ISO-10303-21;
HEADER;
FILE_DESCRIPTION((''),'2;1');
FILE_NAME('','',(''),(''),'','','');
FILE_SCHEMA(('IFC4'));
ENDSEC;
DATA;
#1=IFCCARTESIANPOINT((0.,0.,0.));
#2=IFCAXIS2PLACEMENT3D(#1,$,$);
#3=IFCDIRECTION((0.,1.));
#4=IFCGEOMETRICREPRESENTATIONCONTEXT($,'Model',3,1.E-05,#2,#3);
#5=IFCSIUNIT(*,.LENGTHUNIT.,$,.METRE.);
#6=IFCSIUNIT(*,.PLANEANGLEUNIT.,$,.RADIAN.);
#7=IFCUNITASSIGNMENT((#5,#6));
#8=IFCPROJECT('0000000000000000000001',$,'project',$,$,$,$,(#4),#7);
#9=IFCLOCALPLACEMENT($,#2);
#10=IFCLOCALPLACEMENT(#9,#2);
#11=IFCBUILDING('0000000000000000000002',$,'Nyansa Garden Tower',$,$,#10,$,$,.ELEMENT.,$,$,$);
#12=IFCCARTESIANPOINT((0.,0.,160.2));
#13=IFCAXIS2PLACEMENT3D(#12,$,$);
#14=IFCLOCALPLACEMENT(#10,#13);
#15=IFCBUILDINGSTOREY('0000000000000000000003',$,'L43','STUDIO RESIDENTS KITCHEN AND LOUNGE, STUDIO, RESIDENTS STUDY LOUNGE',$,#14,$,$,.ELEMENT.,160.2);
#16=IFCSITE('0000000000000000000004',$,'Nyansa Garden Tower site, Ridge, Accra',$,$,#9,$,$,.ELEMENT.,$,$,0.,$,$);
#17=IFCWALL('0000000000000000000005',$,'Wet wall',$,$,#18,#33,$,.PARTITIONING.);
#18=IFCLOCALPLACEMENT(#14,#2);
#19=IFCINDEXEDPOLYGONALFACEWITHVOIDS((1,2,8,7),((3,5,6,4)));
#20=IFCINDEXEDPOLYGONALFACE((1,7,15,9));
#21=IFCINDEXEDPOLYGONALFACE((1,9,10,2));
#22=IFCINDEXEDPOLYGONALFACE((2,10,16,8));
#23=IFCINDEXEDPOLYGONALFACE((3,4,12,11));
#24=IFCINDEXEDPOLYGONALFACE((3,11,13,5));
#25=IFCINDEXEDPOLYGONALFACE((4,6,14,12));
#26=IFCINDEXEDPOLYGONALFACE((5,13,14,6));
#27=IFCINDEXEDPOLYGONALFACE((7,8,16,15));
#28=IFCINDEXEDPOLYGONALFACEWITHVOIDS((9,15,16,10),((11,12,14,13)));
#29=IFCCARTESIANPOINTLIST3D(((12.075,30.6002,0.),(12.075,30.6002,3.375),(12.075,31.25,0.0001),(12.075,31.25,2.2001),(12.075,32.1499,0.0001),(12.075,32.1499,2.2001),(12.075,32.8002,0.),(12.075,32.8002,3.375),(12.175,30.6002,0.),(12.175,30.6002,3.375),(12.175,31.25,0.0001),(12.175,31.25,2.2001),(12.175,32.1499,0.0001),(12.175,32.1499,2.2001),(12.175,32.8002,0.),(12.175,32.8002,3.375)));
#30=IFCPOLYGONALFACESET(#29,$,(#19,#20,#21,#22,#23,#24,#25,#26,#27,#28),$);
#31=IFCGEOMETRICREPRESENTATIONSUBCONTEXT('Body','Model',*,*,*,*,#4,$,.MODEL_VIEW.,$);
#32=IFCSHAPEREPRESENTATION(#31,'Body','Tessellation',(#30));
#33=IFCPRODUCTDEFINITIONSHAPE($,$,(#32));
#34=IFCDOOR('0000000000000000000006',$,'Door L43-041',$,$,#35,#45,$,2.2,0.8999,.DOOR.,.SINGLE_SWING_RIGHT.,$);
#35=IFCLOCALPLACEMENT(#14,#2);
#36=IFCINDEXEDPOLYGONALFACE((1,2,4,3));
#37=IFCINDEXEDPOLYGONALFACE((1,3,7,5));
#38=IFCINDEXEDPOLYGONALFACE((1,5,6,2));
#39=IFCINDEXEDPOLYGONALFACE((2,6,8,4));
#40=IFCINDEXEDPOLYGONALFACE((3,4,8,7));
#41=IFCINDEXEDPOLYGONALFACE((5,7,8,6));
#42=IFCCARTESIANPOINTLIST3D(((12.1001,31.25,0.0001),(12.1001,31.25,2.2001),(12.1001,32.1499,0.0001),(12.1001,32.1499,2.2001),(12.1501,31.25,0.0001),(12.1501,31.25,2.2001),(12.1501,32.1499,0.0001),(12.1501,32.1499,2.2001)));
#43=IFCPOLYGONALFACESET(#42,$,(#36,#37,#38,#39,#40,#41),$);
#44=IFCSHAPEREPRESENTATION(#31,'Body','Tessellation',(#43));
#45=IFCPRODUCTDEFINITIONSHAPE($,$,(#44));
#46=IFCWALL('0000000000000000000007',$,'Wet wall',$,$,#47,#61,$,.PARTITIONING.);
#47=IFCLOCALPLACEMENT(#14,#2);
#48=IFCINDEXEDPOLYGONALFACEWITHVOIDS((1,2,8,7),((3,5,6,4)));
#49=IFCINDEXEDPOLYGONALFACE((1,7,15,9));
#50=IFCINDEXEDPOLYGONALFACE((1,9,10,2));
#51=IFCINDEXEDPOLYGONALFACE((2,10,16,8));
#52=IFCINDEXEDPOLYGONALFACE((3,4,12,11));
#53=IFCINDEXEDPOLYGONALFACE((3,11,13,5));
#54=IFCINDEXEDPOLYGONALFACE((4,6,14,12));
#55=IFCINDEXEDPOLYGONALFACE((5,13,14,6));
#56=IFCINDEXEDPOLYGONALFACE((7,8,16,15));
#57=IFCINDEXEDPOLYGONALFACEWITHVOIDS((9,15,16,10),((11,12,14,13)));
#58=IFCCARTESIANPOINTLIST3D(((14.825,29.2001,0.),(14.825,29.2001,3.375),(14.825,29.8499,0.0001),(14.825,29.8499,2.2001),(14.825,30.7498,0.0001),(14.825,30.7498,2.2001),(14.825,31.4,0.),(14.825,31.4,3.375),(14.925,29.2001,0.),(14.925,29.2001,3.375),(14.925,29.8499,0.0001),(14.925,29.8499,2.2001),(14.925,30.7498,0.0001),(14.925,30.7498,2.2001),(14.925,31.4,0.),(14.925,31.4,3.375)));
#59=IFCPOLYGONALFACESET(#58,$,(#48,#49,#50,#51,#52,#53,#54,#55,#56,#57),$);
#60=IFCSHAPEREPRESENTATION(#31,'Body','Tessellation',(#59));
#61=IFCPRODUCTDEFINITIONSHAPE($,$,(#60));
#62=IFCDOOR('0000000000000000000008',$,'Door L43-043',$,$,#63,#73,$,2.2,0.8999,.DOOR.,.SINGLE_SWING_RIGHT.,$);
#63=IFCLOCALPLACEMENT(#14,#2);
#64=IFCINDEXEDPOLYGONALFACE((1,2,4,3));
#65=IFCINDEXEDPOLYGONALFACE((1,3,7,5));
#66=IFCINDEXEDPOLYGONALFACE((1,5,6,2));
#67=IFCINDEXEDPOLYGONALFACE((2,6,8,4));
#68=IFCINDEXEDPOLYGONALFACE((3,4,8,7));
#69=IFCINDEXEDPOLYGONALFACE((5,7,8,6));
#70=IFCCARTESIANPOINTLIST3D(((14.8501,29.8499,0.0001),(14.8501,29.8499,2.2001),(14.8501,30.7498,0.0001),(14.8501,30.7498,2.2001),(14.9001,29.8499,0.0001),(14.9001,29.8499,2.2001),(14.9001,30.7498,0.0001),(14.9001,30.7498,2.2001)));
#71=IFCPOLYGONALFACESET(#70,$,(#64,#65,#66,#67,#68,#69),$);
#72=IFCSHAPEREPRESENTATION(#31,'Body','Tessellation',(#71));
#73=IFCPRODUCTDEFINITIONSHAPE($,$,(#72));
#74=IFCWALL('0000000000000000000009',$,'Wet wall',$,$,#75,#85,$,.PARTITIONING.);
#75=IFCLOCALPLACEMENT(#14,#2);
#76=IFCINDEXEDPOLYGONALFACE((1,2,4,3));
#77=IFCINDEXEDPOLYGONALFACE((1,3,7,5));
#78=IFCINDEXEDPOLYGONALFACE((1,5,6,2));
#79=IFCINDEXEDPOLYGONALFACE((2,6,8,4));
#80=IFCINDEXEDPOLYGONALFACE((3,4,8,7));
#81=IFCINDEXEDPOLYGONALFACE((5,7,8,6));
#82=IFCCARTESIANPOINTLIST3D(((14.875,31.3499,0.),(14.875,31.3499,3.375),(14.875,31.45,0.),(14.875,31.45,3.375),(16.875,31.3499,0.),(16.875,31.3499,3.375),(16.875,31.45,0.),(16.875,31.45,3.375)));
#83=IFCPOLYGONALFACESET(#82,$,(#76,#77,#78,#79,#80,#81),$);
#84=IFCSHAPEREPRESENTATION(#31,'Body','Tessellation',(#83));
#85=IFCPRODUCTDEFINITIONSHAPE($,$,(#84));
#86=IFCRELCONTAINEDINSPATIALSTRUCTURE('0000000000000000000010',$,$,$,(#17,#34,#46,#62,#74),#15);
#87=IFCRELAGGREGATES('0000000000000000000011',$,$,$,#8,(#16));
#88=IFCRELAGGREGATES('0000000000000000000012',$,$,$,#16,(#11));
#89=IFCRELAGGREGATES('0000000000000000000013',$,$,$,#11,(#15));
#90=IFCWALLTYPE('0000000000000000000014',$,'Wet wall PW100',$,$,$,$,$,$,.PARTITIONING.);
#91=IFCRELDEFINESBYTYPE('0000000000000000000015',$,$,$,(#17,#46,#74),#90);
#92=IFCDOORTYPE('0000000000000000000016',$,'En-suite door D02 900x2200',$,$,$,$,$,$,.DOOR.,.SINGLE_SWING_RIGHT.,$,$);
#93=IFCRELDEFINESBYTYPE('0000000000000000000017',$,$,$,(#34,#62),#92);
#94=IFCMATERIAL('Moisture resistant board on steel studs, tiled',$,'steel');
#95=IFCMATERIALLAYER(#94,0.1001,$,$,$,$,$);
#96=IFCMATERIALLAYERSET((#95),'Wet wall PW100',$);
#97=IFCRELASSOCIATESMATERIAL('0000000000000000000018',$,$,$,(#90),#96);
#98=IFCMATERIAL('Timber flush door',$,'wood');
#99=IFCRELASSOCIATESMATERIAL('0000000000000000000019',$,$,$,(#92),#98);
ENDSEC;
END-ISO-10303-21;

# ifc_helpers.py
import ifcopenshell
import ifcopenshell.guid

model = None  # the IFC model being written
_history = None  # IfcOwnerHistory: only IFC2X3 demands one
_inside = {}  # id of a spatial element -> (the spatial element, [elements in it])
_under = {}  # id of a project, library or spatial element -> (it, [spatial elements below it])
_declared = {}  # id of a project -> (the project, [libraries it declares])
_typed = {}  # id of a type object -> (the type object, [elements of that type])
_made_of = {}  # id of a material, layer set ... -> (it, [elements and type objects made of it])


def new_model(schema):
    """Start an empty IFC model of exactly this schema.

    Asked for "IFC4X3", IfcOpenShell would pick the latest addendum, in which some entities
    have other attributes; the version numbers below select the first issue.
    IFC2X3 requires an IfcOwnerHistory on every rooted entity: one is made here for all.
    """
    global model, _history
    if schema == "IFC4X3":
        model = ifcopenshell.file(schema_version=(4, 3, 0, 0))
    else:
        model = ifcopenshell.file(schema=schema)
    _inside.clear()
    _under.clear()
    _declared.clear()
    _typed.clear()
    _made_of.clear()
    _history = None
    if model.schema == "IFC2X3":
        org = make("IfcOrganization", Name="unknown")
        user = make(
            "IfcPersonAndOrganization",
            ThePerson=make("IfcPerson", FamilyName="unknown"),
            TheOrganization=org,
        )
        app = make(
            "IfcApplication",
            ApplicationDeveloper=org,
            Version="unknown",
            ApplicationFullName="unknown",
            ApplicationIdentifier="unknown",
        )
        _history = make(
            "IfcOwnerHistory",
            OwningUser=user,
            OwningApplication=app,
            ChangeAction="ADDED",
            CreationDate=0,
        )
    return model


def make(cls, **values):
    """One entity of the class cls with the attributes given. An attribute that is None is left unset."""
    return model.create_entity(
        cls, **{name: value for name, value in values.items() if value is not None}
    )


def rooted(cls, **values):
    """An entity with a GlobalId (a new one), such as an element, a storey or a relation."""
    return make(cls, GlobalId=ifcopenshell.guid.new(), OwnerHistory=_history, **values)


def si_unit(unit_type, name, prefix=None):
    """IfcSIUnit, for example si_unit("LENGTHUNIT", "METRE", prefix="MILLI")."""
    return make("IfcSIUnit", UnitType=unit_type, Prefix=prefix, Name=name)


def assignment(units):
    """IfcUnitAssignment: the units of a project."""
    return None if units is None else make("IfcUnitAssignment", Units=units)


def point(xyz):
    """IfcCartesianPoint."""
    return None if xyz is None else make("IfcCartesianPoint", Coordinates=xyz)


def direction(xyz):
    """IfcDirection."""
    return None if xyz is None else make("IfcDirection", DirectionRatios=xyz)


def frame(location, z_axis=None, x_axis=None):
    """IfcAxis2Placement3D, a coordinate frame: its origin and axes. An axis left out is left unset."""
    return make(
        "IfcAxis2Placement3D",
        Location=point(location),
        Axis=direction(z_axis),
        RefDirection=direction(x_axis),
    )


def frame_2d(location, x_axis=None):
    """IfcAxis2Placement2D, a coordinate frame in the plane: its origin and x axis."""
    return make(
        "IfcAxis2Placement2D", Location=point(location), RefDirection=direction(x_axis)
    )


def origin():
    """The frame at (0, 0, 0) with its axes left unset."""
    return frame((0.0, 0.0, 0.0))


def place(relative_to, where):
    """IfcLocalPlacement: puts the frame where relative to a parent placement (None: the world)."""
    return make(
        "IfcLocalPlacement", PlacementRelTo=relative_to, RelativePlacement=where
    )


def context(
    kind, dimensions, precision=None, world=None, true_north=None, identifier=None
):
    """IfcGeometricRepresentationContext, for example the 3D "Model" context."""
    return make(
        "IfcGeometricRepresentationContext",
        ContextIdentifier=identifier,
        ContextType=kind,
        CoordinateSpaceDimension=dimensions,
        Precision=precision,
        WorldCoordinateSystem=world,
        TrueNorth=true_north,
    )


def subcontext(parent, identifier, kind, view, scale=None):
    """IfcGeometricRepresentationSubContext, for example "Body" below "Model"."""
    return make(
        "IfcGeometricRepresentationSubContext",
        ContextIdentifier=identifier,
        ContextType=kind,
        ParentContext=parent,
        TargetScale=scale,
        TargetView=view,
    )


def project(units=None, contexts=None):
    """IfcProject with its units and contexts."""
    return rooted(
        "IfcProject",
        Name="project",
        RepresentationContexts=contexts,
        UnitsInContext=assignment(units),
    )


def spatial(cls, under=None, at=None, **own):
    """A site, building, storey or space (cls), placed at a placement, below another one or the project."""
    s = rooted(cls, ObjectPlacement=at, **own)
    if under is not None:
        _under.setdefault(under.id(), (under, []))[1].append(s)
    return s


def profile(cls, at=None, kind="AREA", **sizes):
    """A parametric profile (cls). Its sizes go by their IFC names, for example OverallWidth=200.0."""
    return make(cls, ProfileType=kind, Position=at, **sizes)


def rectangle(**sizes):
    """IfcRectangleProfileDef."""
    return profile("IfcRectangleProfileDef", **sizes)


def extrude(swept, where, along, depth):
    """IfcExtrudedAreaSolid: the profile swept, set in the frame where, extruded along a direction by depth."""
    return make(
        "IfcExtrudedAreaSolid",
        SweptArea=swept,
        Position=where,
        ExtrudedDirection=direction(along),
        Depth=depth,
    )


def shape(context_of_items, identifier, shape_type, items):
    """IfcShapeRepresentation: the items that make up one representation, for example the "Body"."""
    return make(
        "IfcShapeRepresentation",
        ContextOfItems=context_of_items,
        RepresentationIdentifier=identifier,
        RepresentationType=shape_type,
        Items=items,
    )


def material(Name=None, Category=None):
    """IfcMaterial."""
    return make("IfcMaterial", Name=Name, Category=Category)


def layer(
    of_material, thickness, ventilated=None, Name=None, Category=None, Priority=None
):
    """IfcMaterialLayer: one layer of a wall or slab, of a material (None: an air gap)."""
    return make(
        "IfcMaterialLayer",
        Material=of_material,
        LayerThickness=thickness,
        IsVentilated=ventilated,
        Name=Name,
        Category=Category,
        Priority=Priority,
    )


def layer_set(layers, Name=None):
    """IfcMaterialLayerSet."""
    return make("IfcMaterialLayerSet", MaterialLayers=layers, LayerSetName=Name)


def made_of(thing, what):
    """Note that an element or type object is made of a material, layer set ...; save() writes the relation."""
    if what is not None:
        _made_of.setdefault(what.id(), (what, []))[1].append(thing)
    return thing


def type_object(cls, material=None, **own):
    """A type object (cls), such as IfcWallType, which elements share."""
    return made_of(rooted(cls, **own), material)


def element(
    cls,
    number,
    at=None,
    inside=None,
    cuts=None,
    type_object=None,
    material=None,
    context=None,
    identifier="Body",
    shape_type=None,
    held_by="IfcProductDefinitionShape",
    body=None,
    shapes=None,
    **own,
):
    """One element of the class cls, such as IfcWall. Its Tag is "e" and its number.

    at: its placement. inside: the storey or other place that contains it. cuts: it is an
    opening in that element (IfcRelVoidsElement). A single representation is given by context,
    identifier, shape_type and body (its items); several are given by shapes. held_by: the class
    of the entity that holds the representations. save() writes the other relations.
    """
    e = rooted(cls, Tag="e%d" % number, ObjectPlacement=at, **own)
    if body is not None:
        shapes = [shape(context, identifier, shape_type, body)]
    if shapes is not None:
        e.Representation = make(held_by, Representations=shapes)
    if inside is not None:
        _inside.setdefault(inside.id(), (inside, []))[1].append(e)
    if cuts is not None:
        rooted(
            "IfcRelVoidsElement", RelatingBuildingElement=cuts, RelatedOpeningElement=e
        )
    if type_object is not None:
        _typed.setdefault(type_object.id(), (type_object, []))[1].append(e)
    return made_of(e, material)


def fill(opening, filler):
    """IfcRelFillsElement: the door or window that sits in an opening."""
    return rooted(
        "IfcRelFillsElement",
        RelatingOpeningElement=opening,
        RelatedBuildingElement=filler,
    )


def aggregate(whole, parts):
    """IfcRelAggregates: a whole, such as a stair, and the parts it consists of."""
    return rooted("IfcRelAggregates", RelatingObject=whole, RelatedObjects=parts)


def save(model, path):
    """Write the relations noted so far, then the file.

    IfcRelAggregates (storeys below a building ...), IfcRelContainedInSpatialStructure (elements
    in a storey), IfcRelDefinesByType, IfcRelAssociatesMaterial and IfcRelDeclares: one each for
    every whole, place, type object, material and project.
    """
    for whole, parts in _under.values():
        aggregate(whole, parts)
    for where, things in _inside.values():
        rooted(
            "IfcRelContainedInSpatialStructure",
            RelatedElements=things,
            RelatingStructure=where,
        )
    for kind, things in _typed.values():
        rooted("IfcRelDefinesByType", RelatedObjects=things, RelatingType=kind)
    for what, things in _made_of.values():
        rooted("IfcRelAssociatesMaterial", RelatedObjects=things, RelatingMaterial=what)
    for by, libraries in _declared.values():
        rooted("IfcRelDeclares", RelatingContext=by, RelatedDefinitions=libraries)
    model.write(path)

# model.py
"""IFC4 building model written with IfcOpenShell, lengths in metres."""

from ifc_helpers import new_model, si_unit, direction, frame, frame_2d, origin, place, context, subcontext, project, spatial, rectangle, extrude, material, layer, layer_set, type_object, element, fill, save


model = new_model("IFC4")

# Units and contexts
model_context = context("Model", 3, precision=1e-05, world=origin(), true_north=direction((0.0, 1.0)))
body_context = subcontext(model_context, "Body", "Model", "MODEL_VIEW")
ifc_project = project(units=[si_unit("LENGTHUNIT", "METRE"), si_unit("PLANEANGLEUNIT", "RADIAN")], contexts=[model_context])

# Site, building, storey
site_placement = place(None, origin())
site = spatial("IfcSite", under=ifc_project, at=site_placement, Name="Nyansa Garden Tower site, Ridge, Accra", CompositionType="ELEMENT", RefElevation=0.0)
building_placement = place(site_placement, origin())
building = spatial("IfcBuilding", under=site, at=building_placement, Name="Nyansa Garden Tower", CompositionType="ELEMENT")
storey_placement = place(building_placement, frame((0.0, 0.0, 160.2)))
storey = spatial("IfcBuildingStorey", under=building, at=storey_placement, Name="L43", Description="STUDIO RESIDENTS KITCHEN AND LOUNGE, STUDIO, RESIDENTS STUDY LOUNGE", CompositionType="ELEMENT", Elevation=160.2)

# Shared definitions
ifc_material_1 = material(Name="Moisture resistant board on steel studs, tiled", Category="steel")
ifc_layer_1 = layer(ifc_material_1, 0.1001)
ifc_layer_set_1 = layer_set([ifc_layer_1], Name="Wet wall PW100")
wall_type_1 = type_object("IfcWallType", Name="Wet wall PW100", PredefinedType="PARTITIONING", material=ifc_layer_set_1)

# Walls, openings, doors
wall_1_placement = place(storey_placement, frame((12.125, 30.6001, 0.0), z_axis=(0.0, 0.0, 1.0), x_axis=(0.0, 1.0, 0.0)))
wall_1 = element("IfcWall", 1, at=wall_1_placement, inside=storey, type_object=wall_type_1, Name="Wet wall", PredefinedType="PARTITIONING", context=body_context, shape_type="SweptSolid", body=[
    extrude(rectangle(XDim=2.2, YDim=0.1001, at=frame_2d((1.1001, 0.0))), origin(), (0.0, 0.0, 1.0), 3.375),
])
opening_1_placement = place(wall_1_placement, frame((0.6499, 0.0, 0.0)))
opening_1 = element("IfcOpeningElement", 2, at=opening_1_placement, cuts=wall_1, PredefinedType="OPENING", context=body_context, shape_type="SweptSolid", body=[
    extrude(rectangle(XDim=0.8999, YDim=2.2, at=frame_2d((0.45, 1.1001))), frame((0.0, 0.0601, 0.0), z_axis=(0.0, -1.0, 0.0), x_axis=(1.0, 0.0, 0.0)), (0.0, 0.0, 1.0), 0.1201),
])
ifc_material_2 = material(Name="Timber flush door", Category="wood")
door_type_1 = type_object("IfcDoorType", Name="En-suite door D02 900x2200", OperationType="SINGLE_SWING_RIGHT", PredefinedType="DOOR", material=ifc_material_2)
door_1_placement = place(opening_1_placement, origin())
door_1 = element("IfcDoor", 3, at=door_1_placement, inside=storey, type_object=door_type_1, Name="Door L43-041", OperationType="SINGLE_SWING_RIGHT", OverallHeight=2.2, OverallWidth=0.8999, PredefinedType="DOOR", context=body_context, shape_type="SweptSolid", body=[
    extrude(rectangle(XDim=0.8999, YDim=2.2, at=frame_2d((0.45, 1.1001))), frame((0.0, 0.0249, 0.0), z_axis=(0.0, -1.0, 0.0), x_axis=(1.0, 0.0, 0.0)), (0.0, 0.0, 1.0), 0.05),
])
fill(opening_1, door_1)
wall_2_placement = place(storey_placement, frame((14.875, 29.2, 0.0), z_axis=(0.0, 0.0, 1.0), x_axis=(0.0, 1.0, 0.0)))
wall_2 = element("IfcWall", 4, at=wall_2_placement, inside=storey, type_object=wall_type_1, Name="Wet wall", PredefinedType="PARTITIONING", context=body_context, shape_type="SweptSolid", body=[
    extrude(rectangle(XDim=2.2, YDim=0.1001, at=frame_2d((1.1001, 0.0))), origin(), (0.0, 0.0, 1.0), 3.375),
])
opening_2_placement = place(wall_2_placement, frame((0.6499, 0.0, 0.0)))
opening_2 = element("IfcOpeningElement", 5, at=opening_2_placement, cuts=wall_2, PredefinedType="OPENING", context=body_context, shape_type="SweptSolid", body=[
    extrude(rectangle(XDim=0.8999, YDim=2.2, at=frame_2d((0.45, 1.1001))), frame((0.0, 0.0601, 0.0), z_axis=(0.0, -1.0, 0.0), x_axis=(1.0, 0.0, 0.0)), (0.0, 0.0, 1.0), 0.1201),
])
door_2_placement = place(opening_2_placement, origin())
door_2 = element("IfcDoor", 6, at=door_2_placement, inside=storey, type_object=door_type_1, Name="Door L43-043", OperationType="SINGLE_SWING_RIGHT", OverallHeight=2.2, OverallWidth=0.8999, PredefinedType="DOOR", context=body_context, shape_type="SweptSolid", body=[
    extrude(rectangle(XDim=0.8999, YDim=2.2, at=frame_2d((0.45, 1.1001))), frame((0.0, 0.0249, 0.0), z_axis=(0.0, -1.0, 0.0), x_axis=(1.0, 0.0, 0.0)), (0.0, 0.0, 1.0), 0.05),
])
fill(opening_2, door_2)

# Wall
wall_3_placement = place(storey_placement, frame((14.875, 31.3999, 0.0), z_axis=(0.0, 0.0, 1.0), x_axis=(1.0, 0.0, 0.0)))
element("IfcWall", 7, at=wall_3_placement, inside=storey, type_object=wall_type_1, Name="Wet wall", PredefinedType="PARTITIONING", context=body_context, shape_type="SweptSolid", body=[
    extrude(rectangle(XDim=2.0, YDim=0.1001, at=frame_2d((1.0, 0.0))), origin(), (0.0, 0.0, 1.0), 3.375),
])

save(model, "model.ifc")
